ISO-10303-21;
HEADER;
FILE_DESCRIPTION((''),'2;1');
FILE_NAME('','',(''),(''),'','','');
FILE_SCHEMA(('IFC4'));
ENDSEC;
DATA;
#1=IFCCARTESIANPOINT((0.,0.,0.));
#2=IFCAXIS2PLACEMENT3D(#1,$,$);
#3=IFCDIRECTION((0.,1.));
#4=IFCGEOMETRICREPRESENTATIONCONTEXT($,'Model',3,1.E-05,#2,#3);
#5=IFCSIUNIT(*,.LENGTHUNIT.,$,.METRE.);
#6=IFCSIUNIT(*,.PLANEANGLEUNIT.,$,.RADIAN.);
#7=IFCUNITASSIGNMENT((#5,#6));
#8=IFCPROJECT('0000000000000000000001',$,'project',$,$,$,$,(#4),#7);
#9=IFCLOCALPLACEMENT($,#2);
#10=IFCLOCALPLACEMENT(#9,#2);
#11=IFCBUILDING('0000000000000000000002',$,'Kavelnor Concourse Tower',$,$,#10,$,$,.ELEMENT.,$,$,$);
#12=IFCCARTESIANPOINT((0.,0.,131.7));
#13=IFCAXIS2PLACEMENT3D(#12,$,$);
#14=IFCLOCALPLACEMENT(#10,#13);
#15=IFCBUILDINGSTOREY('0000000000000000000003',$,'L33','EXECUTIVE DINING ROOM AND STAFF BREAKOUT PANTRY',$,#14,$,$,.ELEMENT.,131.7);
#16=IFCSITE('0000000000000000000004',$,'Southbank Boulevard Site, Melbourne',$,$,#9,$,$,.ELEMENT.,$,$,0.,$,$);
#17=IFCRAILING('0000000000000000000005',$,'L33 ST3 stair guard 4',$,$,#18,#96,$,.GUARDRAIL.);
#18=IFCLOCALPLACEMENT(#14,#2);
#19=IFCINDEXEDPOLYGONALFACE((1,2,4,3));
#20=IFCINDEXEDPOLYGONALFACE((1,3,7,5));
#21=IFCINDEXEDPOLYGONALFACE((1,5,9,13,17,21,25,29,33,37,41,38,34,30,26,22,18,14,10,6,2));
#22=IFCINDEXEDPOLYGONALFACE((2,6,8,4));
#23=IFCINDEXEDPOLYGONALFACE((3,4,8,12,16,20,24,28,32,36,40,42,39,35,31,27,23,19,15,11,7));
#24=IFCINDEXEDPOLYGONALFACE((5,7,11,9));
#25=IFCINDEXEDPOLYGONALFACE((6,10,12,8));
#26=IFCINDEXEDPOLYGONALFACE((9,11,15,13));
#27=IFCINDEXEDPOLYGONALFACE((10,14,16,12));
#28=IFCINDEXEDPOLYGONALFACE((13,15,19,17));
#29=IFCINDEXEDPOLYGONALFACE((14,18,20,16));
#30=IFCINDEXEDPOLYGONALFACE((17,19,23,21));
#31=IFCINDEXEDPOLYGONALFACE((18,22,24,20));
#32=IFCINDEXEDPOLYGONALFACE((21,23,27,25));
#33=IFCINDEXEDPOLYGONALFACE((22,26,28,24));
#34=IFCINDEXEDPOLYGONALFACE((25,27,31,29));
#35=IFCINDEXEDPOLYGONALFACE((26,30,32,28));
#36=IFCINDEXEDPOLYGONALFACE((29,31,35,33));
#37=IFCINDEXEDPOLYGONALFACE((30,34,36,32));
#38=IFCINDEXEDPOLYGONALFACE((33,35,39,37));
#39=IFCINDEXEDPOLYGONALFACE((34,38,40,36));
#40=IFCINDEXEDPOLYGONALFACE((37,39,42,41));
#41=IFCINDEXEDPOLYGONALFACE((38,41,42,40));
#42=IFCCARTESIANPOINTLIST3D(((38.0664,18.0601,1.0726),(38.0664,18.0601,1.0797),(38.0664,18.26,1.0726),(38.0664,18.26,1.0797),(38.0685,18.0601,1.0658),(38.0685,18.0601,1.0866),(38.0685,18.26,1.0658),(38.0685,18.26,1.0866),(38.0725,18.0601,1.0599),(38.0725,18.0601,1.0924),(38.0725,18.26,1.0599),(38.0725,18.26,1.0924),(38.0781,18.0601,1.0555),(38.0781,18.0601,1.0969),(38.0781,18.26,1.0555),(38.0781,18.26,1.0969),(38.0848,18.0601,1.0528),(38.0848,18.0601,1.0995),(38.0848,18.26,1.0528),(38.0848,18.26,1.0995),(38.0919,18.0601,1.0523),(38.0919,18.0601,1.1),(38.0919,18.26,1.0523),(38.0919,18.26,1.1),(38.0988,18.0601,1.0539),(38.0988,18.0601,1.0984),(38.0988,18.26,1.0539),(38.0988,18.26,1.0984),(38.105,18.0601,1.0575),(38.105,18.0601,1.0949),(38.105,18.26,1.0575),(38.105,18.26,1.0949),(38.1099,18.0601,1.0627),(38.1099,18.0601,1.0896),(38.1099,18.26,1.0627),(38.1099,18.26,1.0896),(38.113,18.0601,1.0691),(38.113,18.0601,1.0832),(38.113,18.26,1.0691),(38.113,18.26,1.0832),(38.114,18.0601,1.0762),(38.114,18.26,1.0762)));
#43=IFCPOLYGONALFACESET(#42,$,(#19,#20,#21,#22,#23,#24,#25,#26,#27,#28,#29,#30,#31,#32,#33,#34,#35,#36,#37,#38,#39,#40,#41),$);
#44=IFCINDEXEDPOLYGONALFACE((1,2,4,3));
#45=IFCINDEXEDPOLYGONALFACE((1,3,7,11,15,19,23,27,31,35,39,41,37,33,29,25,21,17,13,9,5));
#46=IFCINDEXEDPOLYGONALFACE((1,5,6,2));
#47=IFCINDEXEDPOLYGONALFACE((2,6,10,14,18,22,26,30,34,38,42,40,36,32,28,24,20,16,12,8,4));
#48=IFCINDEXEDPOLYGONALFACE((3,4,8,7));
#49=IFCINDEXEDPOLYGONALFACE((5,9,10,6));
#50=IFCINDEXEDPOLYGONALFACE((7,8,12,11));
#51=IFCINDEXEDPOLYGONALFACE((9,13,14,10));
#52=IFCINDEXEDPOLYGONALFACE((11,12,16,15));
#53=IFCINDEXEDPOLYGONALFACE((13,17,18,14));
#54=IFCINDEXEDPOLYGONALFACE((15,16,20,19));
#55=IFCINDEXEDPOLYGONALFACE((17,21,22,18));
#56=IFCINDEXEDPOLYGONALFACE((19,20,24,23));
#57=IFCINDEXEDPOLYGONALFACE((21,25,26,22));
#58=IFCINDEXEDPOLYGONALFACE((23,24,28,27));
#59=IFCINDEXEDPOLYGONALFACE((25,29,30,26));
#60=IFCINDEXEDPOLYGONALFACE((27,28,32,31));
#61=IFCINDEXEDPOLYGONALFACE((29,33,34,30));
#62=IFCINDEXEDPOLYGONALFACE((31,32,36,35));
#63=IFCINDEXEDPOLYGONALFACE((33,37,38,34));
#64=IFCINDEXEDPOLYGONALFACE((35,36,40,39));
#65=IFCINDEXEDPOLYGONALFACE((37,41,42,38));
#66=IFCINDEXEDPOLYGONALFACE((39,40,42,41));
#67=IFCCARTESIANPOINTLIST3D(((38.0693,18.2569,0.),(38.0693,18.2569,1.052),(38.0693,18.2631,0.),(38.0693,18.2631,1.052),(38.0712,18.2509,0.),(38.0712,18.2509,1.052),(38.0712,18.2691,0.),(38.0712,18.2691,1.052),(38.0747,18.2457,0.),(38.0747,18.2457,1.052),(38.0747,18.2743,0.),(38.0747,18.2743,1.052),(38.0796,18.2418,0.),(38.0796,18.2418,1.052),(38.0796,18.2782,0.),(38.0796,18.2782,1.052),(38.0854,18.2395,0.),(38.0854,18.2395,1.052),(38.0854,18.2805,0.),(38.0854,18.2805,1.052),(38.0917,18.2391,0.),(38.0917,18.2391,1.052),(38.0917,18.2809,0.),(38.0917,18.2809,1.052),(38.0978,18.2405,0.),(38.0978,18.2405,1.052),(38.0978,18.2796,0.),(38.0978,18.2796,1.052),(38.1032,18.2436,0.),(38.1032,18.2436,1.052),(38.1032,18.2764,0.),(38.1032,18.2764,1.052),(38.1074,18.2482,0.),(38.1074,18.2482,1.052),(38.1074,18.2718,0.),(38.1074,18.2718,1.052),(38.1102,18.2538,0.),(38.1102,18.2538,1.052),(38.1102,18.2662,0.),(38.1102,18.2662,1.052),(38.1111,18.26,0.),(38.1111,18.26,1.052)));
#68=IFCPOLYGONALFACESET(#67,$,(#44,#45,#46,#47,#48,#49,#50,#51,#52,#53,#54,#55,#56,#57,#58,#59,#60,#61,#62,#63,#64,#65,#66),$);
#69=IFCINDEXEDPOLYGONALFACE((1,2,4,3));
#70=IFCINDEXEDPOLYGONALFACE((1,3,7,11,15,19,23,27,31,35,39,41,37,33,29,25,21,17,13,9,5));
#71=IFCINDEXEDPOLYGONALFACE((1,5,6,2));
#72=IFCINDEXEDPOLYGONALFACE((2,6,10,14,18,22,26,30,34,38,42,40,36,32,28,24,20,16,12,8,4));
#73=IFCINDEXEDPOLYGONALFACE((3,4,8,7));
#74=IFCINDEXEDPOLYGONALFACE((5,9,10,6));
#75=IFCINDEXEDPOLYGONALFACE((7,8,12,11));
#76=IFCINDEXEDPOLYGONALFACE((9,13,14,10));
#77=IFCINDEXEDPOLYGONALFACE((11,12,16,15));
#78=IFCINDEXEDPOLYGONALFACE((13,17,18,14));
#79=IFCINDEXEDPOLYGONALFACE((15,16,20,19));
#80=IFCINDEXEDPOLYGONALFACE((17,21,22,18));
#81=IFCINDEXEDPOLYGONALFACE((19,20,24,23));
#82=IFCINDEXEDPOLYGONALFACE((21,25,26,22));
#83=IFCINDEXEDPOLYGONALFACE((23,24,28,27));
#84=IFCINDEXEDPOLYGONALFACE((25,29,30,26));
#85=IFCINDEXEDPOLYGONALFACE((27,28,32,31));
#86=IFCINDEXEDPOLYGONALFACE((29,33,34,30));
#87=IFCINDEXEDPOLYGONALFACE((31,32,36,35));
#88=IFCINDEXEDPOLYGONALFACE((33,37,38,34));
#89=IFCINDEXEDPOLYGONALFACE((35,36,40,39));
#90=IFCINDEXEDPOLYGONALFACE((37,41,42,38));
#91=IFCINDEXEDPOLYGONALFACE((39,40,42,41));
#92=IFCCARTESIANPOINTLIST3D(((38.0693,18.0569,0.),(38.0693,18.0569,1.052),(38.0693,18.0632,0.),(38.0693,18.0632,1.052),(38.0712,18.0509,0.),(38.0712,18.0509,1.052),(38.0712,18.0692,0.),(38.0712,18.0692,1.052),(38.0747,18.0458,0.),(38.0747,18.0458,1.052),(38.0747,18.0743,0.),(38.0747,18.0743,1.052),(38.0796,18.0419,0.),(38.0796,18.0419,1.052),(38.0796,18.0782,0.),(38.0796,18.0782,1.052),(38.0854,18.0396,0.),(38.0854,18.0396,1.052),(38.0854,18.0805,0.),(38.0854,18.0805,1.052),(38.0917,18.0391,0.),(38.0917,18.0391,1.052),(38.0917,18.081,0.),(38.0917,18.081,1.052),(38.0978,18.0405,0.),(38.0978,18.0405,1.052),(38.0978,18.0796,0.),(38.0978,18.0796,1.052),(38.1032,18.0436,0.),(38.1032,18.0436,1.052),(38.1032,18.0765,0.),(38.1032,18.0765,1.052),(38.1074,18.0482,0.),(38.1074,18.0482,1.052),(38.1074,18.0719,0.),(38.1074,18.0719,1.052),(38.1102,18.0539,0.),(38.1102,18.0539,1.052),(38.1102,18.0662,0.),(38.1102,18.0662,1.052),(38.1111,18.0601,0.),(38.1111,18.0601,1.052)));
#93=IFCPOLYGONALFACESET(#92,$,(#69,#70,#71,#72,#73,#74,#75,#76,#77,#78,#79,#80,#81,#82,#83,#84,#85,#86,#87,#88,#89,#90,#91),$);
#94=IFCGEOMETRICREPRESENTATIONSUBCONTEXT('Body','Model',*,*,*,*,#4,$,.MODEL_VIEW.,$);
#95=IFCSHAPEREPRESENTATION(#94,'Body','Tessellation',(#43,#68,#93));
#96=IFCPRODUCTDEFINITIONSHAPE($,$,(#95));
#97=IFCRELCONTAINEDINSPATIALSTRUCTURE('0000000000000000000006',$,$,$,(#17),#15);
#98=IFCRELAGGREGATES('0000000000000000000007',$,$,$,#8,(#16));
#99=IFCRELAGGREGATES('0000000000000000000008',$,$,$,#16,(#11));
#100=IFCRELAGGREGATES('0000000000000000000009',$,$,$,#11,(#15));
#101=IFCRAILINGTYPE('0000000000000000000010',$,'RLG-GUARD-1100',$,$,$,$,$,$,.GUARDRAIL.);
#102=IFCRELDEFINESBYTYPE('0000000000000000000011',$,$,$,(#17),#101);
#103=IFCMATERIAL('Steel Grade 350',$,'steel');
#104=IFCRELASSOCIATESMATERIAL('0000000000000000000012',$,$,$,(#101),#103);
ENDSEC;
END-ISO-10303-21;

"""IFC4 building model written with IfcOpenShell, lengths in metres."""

from ifc_helpers import new_model, si_unit, direction, frame, origin, origin_2d, place, context, subcontext, project, spatial, circle, extrude, material, type_object, element, save


model = new_model("IFC4")

# Units and contexts
model_context = context("Model", 3, precision=1e-05, world=origin(), true_north=direction((0.0, 1.0)))
body_context = subcontext(model_context, "Body", "Model", "MODEL_VIEW")
ifc_project = project(units=[si_unit("LENGTHUNIT", "METRE"), si_unit("PLANEANGLEUNIT", "RADIAN")], contexts=[model_context])

# Site, building, storey
site_placement = place(None, origin())
site = spatial("IfcSite", under=ifc_project, at=site_placement, Name="Southbank Boulevard Site, Melbourne", CompositionType="ELEMENT", RefElevation=0.0)
building_placement = place(site_placement, origin())
building = spatial("IfcBuilding", under=site, at=building_placement, Name="Kavelnor Concourse Tower", CompositionType="ELEMENT")
storey_placement = place(building_placement, frame((0.0, 0.0, 131.7)))
storey = spatial("IfcBuildingStorey", under=building, at=storey_placement, Name="L33", Description="EXECUTIVE DINING ROOM AND STAFF BREAKOUT PANTRY", CompositionType="ELEMENT", Elevation=131.7)

# Shared definitions
ifc_material_1 = material(Name="Steel Grade 350", Category="steel")

# Railing
railing_type_1 = type_object("IfcRailingType", Name="RLG-GUARD-1100", PredefinedType="GUARDRAIL", material=ifc_material_1)
railing_1_placement = place(storey_placement, frame((38.0901, 18.26, 0.0)))
element("IfcRailing", 1, at=railing_1_placement, inside=storey, type_object=railing_type_1, Name="L33 ST3 stair guard 4", PredefinedType="GUARDRAIL", context=body_context, shape_type="SweptSolid", body=[
    extrude(circle(Radius=0.0239, at=origin_2d()), frame((0.0, 0.0, 1.0762), z_axis=(0.0, -1.0, 0.0), x_axis=(1.0, 0.0, 0.0)), (0.0, 0.0, 1.0), 0.2),
    extrude(circle(Radius=0.021, at=origin_2d()), origin(), (0.0, 0.0, 1.0), 1.052),
    extrude(circle(Radius=0.021, at=origin_2d()), frame((0.0, -0.2, 0.0)), (0.0, 0.0, 1.0), 1.052),
])

save(model, "model.ifc")
